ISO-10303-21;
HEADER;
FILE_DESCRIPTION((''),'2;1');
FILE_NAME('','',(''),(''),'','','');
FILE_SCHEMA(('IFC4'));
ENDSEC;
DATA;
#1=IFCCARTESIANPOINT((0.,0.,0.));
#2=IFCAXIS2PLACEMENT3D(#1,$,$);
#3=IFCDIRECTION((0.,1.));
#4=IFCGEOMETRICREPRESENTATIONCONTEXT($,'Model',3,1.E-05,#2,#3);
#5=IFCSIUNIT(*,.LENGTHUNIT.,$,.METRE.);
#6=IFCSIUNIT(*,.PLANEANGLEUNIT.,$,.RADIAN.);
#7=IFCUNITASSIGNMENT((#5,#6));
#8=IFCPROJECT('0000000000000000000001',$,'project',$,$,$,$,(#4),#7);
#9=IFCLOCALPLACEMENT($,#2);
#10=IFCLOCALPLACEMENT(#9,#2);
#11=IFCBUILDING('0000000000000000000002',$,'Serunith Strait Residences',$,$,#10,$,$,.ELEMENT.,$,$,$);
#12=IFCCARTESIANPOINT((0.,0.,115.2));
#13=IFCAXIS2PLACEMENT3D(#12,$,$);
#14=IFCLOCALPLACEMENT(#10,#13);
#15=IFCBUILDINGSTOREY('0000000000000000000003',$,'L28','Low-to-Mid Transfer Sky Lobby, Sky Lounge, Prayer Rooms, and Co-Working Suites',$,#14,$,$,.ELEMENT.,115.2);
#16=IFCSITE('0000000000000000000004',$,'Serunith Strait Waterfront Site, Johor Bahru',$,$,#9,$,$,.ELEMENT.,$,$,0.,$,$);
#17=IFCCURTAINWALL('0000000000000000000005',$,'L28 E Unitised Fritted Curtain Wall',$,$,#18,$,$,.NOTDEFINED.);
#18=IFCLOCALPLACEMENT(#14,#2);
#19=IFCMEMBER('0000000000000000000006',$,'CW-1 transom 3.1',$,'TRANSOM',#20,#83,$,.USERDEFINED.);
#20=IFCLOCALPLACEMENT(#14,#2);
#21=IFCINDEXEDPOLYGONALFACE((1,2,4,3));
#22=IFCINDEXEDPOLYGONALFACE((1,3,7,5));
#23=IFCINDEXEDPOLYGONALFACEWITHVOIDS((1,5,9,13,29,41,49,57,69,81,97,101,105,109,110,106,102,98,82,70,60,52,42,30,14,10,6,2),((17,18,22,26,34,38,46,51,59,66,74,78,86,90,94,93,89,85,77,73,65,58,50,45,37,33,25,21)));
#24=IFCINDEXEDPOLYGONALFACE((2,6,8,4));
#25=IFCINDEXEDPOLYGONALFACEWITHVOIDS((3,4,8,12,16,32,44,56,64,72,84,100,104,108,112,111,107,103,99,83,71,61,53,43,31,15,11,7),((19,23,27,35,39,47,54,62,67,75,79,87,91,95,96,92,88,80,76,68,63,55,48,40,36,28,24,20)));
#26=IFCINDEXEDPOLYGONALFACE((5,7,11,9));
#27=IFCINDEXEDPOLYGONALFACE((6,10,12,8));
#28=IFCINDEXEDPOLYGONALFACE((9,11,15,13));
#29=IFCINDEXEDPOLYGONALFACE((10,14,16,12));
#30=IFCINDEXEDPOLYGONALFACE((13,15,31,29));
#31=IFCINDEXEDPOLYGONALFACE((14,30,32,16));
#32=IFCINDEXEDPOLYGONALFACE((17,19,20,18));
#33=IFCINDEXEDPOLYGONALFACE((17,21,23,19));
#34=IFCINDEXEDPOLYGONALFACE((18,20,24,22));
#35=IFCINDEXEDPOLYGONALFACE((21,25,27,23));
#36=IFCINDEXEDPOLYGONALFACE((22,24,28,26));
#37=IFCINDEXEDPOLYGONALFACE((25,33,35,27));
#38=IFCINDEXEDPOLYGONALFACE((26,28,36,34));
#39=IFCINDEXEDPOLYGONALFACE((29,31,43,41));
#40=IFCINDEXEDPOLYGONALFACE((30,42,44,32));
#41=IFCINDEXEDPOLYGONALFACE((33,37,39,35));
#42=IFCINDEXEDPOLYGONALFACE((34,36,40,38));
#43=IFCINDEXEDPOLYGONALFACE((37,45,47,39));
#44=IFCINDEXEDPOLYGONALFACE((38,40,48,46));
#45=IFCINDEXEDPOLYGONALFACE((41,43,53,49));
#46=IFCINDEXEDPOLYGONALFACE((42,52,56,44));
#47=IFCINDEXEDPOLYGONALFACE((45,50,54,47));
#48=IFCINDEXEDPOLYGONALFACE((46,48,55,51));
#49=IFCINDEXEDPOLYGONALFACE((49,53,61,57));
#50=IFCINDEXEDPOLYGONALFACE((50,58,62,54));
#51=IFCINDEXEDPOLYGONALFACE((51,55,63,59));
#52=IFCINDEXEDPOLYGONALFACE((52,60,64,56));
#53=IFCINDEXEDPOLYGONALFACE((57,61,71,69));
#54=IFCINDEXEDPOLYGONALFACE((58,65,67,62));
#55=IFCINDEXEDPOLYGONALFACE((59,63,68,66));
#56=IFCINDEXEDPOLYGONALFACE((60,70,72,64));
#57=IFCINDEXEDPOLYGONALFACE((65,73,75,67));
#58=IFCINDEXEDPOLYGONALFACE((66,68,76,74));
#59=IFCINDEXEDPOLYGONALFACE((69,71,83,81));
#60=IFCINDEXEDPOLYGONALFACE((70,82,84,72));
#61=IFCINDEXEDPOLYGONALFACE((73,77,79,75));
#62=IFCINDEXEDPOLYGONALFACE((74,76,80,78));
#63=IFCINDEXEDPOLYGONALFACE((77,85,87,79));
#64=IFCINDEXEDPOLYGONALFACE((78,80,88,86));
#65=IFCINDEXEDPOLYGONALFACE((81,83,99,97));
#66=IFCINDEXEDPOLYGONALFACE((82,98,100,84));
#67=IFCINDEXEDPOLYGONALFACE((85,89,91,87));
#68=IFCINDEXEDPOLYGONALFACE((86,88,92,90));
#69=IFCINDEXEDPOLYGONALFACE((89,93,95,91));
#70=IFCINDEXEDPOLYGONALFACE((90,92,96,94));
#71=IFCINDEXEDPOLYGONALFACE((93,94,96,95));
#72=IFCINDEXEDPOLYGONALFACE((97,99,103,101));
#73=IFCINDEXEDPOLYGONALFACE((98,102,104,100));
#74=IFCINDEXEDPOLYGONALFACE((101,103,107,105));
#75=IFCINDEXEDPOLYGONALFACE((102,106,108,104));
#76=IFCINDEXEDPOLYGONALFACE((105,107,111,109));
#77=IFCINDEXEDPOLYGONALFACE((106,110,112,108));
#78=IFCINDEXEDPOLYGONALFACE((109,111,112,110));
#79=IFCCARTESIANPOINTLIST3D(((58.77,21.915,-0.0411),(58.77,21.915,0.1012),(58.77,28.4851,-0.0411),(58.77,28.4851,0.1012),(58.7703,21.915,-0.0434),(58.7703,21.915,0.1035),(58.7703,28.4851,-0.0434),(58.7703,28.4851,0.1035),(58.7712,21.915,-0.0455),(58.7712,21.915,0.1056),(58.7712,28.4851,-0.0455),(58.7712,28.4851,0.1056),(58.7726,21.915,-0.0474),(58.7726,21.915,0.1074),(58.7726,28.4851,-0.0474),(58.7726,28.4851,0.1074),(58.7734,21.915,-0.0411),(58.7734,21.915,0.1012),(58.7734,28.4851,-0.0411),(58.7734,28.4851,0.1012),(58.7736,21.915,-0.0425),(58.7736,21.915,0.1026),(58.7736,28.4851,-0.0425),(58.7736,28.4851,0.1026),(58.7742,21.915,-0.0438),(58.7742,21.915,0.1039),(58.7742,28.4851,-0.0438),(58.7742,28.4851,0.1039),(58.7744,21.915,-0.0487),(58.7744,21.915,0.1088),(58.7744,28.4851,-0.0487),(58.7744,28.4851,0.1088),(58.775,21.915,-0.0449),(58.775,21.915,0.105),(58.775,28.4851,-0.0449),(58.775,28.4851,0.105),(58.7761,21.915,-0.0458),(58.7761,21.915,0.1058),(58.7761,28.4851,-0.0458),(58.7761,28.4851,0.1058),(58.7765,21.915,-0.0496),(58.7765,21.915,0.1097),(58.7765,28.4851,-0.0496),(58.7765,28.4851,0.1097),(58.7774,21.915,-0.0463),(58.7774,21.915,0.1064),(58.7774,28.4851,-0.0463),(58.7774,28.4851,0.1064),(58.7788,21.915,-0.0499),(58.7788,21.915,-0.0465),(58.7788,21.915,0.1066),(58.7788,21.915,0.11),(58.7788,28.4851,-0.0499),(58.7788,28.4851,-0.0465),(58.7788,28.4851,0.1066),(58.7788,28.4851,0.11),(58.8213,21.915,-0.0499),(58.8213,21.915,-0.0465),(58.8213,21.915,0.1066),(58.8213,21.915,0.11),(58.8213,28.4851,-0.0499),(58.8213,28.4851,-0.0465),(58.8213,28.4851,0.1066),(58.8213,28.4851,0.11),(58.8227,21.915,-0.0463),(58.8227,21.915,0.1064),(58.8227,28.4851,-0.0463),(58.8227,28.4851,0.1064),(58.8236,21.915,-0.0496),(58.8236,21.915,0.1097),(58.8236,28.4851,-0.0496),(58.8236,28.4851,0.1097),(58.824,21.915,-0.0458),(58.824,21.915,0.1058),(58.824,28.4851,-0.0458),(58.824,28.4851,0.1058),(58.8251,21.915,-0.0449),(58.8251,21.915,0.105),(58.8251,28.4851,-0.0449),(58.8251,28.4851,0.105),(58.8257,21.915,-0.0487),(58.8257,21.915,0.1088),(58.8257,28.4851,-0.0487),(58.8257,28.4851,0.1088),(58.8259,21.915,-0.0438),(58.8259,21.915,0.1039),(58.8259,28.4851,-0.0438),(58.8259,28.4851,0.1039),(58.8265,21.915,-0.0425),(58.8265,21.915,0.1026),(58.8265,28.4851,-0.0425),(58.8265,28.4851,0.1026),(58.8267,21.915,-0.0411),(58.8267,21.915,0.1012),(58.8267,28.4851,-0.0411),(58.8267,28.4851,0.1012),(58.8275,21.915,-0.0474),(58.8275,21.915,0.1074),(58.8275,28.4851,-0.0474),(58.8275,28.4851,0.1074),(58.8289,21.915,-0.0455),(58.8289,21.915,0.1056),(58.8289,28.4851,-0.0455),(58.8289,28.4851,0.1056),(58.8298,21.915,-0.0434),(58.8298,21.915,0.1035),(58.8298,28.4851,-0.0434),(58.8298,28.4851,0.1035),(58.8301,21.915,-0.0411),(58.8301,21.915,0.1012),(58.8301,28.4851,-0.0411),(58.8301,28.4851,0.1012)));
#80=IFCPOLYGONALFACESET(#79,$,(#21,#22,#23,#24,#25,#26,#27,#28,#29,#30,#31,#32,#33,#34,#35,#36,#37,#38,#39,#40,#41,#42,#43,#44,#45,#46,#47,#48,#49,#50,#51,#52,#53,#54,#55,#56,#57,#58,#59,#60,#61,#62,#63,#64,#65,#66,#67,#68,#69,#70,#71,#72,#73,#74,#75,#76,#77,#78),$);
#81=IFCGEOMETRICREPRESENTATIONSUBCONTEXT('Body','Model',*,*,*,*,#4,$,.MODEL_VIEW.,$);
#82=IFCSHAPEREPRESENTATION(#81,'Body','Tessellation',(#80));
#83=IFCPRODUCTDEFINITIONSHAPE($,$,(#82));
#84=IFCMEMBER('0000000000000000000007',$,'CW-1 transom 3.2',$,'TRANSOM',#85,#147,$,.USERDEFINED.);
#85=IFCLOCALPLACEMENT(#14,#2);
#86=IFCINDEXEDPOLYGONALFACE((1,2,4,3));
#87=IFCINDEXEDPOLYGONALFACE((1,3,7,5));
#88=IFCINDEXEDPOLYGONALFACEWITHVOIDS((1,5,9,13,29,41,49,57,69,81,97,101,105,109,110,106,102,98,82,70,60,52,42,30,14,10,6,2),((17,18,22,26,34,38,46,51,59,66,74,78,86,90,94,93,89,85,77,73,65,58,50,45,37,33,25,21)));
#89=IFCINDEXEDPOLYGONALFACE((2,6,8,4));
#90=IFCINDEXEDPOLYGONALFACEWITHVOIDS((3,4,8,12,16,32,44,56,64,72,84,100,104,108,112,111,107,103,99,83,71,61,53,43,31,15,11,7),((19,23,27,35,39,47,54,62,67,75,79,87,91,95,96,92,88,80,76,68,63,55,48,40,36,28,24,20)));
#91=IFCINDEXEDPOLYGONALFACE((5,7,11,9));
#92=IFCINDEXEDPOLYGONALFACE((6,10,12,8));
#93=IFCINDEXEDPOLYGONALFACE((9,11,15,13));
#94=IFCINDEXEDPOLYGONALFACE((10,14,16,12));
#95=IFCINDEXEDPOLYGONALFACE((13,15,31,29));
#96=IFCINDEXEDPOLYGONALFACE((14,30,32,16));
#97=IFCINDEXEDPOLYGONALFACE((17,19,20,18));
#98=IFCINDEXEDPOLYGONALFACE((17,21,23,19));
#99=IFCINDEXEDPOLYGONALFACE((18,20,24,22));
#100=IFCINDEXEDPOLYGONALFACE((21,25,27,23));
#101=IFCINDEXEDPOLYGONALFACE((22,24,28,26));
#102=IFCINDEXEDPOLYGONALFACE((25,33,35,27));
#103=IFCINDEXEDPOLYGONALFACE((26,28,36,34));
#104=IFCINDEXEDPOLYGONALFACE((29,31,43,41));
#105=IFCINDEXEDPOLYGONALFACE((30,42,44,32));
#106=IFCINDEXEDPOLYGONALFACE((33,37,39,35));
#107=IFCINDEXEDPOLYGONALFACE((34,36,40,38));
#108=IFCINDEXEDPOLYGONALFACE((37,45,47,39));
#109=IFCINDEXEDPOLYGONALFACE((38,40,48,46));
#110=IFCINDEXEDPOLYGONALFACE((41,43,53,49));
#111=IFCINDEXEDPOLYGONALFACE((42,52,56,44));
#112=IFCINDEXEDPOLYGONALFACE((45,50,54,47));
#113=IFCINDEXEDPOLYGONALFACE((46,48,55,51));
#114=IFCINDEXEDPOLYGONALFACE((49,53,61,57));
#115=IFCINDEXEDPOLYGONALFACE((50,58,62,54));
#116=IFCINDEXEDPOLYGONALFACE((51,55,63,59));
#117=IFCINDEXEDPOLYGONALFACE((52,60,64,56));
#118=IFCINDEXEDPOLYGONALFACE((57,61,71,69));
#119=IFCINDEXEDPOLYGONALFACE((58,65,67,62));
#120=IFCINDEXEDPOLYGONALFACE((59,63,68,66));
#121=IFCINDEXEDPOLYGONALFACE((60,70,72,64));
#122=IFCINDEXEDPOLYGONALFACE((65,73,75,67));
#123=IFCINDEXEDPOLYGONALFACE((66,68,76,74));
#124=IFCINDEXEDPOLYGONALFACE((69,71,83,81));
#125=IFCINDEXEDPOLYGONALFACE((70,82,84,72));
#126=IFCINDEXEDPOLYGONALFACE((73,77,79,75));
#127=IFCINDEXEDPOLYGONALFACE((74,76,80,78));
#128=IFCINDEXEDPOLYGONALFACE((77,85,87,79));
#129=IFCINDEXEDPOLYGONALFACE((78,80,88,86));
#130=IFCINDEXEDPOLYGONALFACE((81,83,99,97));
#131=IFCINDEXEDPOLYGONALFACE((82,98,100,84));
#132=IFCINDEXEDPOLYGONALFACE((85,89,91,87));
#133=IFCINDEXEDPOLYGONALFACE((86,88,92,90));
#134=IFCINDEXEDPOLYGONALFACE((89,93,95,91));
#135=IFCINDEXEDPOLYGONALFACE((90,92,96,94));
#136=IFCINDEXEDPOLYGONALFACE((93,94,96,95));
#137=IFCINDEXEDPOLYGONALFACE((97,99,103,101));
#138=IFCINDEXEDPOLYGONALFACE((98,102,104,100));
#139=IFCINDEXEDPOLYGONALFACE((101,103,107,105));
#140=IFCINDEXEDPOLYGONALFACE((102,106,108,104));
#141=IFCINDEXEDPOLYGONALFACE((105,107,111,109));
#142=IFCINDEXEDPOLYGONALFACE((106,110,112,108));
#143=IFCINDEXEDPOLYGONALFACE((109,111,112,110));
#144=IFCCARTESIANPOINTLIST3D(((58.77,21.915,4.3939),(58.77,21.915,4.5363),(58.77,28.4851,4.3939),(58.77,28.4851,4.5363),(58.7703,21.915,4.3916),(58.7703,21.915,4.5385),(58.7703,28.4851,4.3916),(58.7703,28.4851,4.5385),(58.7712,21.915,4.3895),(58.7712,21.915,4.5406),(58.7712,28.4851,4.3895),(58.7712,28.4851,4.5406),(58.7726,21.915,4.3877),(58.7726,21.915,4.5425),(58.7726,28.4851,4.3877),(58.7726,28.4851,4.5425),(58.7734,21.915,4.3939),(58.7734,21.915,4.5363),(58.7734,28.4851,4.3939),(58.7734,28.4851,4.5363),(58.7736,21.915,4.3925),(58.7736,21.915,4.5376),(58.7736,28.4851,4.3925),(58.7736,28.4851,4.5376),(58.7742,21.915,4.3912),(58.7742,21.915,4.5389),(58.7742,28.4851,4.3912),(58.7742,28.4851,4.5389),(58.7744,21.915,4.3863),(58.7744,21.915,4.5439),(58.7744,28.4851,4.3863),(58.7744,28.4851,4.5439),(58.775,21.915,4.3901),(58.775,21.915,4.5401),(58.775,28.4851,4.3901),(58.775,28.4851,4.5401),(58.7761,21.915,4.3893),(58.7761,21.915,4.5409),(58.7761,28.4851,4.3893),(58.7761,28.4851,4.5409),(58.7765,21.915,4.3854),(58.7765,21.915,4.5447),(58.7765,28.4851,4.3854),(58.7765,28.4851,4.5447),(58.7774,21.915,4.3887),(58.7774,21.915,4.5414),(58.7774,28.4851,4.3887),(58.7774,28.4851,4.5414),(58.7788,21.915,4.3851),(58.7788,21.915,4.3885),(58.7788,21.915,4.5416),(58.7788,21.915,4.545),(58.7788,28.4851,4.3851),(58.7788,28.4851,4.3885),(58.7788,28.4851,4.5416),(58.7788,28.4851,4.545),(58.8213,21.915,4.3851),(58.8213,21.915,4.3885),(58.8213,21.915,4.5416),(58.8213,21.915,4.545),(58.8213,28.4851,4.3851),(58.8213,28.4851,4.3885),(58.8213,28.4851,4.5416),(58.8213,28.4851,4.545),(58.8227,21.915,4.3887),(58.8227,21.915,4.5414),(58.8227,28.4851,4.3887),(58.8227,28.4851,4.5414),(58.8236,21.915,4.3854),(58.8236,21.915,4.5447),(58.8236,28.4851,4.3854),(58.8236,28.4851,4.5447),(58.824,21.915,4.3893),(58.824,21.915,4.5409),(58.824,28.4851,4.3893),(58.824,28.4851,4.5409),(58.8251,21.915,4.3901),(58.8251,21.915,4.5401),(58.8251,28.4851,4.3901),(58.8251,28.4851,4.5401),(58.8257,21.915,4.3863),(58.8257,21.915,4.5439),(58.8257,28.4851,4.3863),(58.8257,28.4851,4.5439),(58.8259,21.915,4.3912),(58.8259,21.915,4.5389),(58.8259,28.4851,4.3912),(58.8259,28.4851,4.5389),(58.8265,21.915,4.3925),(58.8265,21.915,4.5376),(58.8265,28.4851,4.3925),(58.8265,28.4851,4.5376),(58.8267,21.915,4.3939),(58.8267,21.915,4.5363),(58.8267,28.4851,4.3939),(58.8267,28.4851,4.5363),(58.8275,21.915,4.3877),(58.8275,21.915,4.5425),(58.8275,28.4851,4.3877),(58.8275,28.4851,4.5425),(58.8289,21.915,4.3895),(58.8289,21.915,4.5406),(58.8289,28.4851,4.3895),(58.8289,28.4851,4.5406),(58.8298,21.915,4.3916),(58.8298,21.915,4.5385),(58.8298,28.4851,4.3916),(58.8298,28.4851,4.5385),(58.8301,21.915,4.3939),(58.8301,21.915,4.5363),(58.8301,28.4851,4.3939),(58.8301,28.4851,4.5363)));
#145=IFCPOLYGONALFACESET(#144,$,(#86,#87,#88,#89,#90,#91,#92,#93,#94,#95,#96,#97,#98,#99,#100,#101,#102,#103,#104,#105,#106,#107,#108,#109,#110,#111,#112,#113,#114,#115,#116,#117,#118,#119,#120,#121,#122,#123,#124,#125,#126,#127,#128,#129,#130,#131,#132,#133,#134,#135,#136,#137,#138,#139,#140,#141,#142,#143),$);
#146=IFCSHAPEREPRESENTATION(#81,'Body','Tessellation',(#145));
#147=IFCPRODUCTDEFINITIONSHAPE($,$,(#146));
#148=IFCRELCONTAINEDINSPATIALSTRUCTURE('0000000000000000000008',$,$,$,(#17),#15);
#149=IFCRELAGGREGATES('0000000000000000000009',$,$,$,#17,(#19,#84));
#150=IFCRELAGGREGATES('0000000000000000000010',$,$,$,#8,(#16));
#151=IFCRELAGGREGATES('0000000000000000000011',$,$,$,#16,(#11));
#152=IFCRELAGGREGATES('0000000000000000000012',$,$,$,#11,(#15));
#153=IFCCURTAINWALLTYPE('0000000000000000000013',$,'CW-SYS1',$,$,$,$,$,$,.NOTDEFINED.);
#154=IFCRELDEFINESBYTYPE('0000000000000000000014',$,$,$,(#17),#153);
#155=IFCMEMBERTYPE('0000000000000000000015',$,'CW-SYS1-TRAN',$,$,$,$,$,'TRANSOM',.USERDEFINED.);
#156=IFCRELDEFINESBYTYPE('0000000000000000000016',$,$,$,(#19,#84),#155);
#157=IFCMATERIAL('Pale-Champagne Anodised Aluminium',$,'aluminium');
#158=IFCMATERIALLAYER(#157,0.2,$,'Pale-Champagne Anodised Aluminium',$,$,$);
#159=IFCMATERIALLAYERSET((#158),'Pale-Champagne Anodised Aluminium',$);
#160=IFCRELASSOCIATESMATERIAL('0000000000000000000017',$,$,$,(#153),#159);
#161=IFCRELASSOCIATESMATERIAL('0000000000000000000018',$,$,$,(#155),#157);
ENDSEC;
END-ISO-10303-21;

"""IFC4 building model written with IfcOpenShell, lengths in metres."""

from ifc_helpers import new_model, si_unit, direction, frame, origin, origin_2d, place, context, subcontext, project, spatial, hollow_rectangle, extrude, source, transform, mapped, material, layer, layer_set, material_profile, profile_set, type_object, element, aggregate, save


model = new_model("IFC4")

# Units and contexts
model_context = context("Model", 3, precision=1e-05, world=origin(), true_north=direction((0.0, 1.0)))
body_context = subcontext(model_context, "Body", "Model", "MODEL_VIEW")
ifc_project = project(units=[si_unit("LENGTHUNIT", "METRE"), si_unit("PLANEANGLEUNIT", "RADIAN")], contexts=[model_context])

# Site, building, storey
site_placement = place(None, origin())
site = spatial("IfcSite", under=ifc_project, at=site_placement, Name="Serunith Strait Waterfront Site, Johor Bahru", CompositionType="ELEMENT", RefElevation=0.0)
building_placement = place(site_placement, origin())
building = spatial("IfcBuilding", under=site, at=building_placement, Name="Serunith Strait Residences", CompositionType="ELEMENT")
storey_placement = place(building_placement, frame((0.0, 0.0, 115.2)))
storey = spatial("IfcBuildingStorey", under=building, at=storey_placement, Name="L28", Description="Low-to-Mid Transfer Sky Lobby, Sky Lounge, Prayer Rooms, and Co-Working Suites", CompositionType="ELEMENT", Elevation=115.2)

# Curtain wall, members
ifc_material_1 = material(Name="Pale-Champagne Anodised Aluminium", Category="aluminium")
ifc_layer_1 = layer(ifc_material_1, 0.2, Name="Pale-Champagne Anodised Aluminium")
ifc_layer_set_1 = layer_set([ifc_layer_1], Name="Pale-Champagne Anodised Aluminium")
curtain_wall_type = type_object("IfcCurtainWallType", Name="CW-SYS1", PredefinedType="NOTDEFINED", material=ifc_layer_set_1)
curtain_wall_placement = place(storey_placement, origin())
curtain_wall = element("IfcCurtainWall", 1, at=curtain_wall_placement, inside=storey, type_object=curtain_wall_type, Name="L28 E Unitised Fritted Curtain Wall", PredefinedType="NOTDEFINED")
ifc_material_profile_1 = material_profile(ifc_material_1, hollow_rectangle(XDim=0.0601, YDim=0.1599, WallThickness=0.0034, InnerFilletRadius=0.0054, OuterFilletRadius=0.0088, at=origin_2d()), Name="ALU 160x60x3.5")
ifc_profile_set_1 = profile_set([ifc_material_profile_1], Name="Pale-Champagne Anodised Aluminium")
member_type_1 = type_object("IfcMemberType", Name="CW-SYS1-TRAN", ElementType="TRANSOM", PredefinedType="USERDEFINED", material=ifc_profile_set_1)
shared_shape_1 = source(origin(), body_context, "Body", "SweptSolid", [
    extrude(hollow_rectangle(XDim=0.0601, YDim=0.1599, WallThickness=0.0034, InnerFilletRadius=0.0054, OuterFilletRadius=0.0088, at=origin_2d()), origin(), (0.0, 0.0, 1.0), 6.5701),
])
member_1_placement = place(storey_placement, frame((58.8, 21.915, 0.03), z_axis=(0.0, 1.0, 0.0), x_axis=(-1.0, 0.0, 0.0)))
member_1 = element("IfcMember", 2, at=member_1_placement, type_object=member_type_1, Name="CW-1 transom 3.1", ObjectType="TRANSOM", PredefinedType="USERDEFINED", context=body_context, shape_type="MappedRepresentation", body=[
    mapped(shared_shape_1, transform((0.0, 0.0, 0.0), scale=1.0)),
])
member_2_placement = place(storey_placement, frame((58.8, 21.915, 4.4651), z_axis=(0.0, 1.0, 0.0), x_axis=(-1.0, 0.0, 0.0)))
member_2 = element("IfcMember", 3, at=member_2_placement, type_object=member_type_1, Name="CW-1 transom 3.2", ObjectType="TRANSOM", PredefinedType="USERDEFINED", context=body_context, shape_type="MappedRepresentation", body=[
    mapped(shared_shape_1, transform((0.0, 0.0, 0.0), scale=1.0)),
])
aggregate(curtain_wall, [member_1, member_2])

save(model, "model.ifc")
